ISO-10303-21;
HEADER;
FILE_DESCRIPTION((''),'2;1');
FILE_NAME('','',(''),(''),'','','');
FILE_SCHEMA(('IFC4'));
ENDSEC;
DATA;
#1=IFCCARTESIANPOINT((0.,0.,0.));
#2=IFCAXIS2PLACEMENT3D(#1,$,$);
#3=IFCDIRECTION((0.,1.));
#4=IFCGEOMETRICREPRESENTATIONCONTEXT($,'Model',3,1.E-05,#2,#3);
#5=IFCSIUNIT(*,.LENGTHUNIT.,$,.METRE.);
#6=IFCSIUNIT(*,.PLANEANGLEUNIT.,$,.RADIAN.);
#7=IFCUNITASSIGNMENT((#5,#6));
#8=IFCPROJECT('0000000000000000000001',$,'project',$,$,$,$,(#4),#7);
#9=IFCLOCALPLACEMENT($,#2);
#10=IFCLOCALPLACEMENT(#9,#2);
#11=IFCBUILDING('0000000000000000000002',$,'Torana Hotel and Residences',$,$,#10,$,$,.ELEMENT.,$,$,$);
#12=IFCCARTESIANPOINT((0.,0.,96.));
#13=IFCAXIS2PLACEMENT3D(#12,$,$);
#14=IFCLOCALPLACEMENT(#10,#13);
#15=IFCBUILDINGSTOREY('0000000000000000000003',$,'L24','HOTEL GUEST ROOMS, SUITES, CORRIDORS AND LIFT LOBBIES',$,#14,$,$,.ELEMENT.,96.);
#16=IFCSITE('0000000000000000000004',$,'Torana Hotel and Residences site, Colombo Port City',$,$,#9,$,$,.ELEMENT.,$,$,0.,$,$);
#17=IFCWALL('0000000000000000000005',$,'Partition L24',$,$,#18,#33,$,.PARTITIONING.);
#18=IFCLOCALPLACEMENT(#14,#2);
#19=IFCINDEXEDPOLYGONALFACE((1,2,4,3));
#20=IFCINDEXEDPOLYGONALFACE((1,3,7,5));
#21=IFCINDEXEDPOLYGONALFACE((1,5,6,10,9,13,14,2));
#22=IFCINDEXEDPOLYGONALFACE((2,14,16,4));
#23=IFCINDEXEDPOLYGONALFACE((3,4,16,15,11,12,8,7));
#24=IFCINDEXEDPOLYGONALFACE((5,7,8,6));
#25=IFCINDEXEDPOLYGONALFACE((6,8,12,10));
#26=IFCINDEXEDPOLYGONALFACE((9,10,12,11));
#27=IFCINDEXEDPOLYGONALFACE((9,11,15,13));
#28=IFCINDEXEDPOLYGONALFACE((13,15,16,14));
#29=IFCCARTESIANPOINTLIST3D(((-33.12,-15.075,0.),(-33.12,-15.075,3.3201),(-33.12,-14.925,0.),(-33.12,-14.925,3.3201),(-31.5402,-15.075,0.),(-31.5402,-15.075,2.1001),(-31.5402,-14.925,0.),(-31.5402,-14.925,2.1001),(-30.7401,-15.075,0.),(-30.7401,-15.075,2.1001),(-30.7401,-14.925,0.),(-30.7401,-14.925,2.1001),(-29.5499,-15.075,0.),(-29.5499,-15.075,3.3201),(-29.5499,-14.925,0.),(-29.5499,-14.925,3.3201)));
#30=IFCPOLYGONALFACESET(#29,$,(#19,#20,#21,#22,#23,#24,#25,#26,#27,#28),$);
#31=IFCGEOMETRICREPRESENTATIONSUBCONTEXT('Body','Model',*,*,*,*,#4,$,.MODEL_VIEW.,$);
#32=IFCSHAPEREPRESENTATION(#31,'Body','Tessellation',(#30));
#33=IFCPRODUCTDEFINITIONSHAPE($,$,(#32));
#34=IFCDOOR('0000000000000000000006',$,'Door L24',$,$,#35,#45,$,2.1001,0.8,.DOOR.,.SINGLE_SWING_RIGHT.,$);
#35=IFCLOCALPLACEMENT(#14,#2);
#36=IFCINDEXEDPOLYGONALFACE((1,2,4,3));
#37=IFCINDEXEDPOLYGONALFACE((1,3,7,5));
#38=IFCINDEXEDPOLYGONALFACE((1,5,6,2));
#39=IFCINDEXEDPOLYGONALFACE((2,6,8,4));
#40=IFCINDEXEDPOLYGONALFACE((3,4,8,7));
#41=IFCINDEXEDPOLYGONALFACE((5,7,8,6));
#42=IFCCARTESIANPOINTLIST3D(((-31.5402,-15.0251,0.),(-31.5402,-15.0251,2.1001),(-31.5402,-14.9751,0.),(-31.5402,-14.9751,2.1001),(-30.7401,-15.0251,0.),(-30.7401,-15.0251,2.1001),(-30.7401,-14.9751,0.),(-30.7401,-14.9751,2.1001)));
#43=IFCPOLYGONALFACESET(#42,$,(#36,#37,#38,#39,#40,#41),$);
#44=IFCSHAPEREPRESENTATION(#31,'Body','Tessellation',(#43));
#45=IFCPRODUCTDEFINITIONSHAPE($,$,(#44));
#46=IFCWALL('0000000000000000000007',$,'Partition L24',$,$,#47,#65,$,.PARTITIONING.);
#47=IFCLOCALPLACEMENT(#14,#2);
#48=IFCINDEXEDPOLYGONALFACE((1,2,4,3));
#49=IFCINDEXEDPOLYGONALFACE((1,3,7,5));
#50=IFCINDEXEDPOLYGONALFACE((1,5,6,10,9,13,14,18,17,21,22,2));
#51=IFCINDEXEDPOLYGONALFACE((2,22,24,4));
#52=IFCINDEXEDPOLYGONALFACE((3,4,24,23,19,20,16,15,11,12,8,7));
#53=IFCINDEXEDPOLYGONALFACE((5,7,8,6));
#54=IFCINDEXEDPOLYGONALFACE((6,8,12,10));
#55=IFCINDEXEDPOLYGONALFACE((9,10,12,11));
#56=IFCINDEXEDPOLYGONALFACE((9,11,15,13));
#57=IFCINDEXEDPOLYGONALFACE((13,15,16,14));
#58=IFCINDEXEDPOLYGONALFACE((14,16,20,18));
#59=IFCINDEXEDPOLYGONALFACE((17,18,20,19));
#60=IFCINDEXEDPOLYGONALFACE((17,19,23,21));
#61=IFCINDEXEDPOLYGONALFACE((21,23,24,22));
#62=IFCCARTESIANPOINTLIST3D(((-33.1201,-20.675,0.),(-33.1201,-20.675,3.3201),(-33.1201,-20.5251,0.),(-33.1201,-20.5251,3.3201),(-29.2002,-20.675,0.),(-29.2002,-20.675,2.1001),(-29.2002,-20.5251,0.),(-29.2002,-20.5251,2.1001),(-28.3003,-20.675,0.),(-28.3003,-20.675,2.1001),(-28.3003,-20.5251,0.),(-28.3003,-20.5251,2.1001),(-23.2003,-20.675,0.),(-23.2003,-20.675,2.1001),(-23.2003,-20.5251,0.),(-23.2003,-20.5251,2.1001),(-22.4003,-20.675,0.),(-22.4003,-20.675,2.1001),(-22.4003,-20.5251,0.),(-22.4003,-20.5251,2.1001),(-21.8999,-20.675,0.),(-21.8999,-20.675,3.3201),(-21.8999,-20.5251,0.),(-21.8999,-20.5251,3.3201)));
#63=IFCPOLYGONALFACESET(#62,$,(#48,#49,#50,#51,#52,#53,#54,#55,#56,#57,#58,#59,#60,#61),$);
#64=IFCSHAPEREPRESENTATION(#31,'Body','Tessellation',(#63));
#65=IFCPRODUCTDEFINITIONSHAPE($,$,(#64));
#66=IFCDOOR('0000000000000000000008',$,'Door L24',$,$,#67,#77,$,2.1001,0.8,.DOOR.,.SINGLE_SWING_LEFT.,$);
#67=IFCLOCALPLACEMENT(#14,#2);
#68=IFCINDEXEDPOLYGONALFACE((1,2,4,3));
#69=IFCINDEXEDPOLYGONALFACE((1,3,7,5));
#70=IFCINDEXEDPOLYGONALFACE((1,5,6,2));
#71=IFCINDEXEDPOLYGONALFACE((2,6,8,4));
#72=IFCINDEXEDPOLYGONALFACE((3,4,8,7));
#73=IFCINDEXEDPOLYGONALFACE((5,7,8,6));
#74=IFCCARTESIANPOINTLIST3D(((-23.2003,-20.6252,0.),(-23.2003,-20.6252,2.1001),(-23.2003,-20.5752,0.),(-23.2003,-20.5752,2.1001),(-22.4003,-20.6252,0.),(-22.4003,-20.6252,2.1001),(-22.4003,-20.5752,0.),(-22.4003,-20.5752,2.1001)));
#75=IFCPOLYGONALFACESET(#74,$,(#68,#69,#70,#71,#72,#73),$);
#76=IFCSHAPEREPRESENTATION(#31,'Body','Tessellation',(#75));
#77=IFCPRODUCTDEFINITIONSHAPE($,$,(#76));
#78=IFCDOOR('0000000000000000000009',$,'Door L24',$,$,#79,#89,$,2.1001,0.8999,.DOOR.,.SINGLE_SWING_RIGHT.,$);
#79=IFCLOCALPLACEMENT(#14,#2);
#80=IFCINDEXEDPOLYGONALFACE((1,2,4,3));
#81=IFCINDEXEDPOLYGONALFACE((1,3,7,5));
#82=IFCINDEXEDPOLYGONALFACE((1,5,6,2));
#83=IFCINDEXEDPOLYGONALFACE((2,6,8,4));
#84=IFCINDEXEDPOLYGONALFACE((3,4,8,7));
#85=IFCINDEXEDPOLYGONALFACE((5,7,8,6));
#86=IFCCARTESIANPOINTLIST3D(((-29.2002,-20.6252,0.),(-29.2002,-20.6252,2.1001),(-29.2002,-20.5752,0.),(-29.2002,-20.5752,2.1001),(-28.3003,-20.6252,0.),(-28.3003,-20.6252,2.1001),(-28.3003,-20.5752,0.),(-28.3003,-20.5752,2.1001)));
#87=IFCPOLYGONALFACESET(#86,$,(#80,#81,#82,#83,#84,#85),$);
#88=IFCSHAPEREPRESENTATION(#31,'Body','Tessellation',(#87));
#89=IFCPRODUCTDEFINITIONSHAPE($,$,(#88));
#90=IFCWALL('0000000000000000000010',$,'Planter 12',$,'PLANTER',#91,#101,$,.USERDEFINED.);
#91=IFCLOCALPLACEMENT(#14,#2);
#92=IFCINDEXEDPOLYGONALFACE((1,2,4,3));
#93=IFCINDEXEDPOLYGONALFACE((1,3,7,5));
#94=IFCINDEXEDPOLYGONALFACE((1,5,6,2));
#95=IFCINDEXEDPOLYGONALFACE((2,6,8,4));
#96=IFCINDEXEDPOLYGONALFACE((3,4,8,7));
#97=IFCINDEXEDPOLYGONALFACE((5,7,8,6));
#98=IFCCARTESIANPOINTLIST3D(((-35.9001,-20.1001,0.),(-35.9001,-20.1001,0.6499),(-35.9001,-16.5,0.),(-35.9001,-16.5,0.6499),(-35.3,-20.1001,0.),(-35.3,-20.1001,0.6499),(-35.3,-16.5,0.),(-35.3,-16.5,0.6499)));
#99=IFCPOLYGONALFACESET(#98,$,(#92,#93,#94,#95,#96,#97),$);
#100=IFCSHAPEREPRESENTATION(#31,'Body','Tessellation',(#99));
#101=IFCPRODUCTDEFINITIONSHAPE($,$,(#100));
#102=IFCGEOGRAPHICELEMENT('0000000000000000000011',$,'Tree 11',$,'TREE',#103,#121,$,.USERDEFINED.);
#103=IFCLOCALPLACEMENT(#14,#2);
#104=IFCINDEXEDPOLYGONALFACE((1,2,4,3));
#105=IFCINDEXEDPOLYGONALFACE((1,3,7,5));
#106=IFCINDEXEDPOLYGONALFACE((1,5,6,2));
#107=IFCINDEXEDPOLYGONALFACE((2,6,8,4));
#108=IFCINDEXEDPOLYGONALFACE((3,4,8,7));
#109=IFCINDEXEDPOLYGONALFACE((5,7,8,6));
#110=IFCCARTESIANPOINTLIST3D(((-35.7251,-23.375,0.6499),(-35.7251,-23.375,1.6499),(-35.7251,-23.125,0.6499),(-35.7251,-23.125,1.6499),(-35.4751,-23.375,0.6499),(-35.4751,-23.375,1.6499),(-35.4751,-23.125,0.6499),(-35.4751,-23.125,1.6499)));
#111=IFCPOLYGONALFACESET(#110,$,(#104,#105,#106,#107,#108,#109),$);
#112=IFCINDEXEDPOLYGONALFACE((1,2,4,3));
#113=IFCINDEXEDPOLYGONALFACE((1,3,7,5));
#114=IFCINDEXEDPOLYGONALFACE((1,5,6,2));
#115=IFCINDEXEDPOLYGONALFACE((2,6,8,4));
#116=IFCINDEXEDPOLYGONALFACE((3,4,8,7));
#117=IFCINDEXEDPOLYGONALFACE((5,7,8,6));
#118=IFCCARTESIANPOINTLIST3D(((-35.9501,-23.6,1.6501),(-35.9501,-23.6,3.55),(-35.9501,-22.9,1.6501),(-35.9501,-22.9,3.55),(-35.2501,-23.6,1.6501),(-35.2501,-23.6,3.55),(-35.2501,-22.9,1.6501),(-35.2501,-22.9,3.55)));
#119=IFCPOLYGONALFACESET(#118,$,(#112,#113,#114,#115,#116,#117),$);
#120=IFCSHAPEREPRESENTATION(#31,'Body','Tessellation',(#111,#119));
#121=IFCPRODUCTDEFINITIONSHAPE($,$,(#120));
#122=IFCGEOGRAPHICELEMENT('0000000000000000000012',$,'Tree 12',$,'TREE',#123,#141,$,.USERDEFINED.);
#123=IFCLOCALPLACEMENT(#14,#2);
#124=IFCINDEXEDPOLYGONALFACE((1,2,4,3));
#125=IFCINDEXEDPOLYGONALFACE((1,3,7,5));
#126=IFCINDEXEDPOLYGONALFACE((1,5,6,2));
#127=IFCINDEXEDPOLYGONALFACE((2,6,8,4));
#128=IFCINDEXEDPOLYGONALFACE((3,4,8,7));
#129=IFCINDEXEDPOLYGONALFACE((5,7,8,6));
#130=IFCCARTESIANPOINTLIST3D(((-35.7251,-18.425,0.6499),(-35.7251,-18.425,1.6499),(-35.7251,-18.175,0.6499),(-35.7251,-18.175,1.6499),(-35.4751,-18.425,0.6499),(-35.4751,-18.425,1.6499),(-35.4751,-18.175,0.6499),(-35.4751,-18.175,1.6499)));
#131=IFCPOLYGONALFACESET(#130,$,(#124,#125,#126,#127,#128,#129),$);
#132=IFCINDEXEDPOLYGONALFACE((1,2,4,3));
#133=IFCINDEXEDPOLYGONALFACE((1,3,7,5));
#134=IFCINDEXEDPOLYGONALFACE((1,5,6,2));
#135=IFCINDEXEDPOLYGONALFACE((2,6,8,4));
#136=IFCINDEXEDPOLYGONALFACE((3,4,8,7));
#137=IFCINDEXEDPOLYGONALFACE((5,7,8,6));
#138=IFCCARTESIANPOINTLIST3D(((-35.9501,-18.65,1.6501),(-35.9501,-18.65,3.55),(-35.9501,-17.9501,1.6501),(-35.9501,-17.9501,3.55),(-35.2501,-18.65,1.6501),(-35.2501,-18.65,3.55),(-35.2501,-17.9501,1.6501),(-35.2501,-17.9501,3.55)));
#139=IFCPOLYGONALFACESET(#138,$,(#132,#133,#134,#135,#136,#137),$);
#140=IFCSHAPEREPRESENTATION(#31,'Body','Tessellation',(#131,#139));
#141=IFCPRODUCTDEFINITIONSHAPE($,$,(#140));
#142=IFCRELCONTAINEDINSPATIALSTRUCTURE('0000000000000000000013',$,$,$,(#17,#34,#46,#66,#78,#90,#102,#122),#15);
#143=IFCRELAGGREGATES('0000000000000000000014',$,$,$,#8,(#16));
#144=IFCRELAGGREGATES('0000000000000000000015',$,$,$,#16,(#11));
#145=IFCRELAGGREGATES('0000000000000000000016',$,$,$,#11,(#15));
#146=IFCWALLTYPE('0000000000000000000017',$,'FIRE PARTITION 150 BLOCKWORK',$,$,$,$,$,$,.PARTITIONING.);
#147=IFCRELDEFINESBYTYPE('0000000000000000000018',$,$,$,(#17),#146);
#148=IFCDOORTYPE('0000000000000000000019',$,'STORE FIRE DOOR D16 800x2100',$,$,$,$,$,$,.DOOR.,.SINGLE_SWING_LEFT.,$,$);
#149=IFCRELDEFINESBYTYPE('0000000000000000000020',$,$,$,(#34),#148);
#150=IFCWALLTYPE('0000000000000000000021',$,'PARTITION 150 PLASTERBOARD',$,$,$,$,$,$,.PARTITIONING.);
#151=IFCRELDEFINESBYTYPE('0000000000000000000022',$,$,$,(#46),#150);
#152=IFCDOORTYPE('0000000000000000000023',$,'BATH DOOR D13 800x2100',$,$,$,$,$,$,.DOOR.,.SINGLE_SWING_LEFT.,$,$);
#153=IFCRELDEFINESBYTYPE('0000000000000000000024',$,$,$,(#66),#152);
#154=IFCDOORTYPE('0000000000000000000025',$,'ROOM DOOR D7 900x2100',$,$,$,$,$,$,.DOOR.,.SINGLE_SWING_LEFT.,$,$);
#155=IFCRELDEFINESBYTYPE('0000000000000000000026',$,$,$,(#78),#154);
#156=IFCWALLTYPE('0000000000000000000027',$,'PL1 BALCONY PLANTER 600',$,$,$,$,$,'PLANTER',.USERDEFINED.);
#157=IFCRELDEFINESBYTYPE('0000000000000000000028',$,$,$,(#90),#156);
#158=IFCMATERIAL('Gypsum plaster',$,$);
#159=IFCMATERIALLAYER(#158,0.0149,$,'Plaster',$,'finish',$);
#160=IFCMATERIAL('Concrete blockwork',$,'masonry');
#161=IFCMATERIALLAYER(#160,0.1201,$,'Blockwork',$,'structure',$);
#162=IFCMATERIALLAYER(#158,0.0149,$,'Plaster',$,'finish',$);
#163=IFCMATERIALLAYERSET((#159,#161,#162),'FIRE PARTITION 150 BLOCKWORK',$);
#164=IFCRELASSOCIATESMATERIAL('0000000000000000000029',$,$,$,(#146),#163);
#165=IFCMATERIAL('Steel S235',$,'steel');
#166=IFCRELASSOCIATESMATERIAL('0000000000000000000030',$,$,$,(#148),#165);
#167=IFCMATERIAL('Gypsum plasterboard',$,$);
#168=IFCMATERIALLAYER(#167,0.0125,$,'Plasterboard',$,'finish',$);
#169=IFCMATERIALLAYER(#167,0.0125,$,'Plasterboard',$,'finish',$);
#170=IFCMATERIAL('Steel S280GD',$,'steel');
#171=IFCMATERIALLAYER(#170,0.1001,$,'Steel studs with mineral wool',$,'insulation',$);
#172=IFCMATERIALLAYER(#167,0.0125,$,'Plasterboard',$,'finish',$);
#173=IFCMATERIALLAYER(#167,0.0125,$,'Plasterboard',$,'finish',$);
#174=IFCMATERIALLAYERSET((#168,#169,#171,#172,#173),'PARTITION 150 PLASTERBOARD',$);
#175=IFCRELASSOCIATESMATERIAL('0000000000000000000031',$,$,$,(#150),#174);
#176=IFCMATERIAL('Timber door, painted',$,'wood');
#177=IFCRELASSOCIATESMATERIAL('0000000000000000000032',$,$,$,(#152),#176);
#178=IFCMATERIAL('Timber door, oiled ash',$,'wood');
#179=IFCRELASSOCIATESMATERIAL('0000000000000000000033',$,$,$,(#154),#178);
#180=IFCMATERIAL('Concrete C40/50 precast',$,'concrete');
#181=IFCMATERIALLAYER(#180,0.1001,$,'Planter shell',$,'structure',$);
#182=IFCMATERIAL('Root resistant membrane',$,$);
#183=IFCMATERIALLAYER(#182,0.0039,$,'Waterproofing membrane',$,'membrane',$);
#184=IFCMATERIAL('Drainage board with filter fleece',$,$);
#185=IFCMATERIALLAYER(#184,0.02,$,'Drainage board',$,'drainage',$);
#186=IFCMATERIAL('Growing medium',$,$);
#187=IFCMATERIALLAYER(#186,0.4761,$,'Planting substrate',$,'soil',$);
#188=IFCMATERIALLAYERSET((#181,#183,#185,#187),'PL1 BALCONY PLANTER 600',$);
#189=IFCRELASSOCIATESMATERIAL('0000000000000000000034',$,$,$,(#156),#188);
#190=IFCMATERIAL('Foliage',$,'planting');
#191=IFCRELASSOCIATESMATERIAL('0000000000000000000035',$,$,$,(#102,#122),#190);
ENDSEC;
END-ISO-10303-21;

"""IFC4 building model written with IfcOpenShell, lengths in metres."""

from ifc_helpers import new_model, si_unit, direction, frame, frame_2d, origin, origin_2d, place, context, subcontext, project, spatial, rectangle, extrude, material, layer, layer_set, type_object, element, fill, save


model = new_model("IFC4")

# Units and contexts
model_context = context("Model", 3, precision=1e-05, world=origin(), true_north=direction((0.0, 1.0)))
body_context = subcontext(model_context, "Body", "Model", "MODEL_VIEW")
ifc_project = project(units=[si_unit("LENGTHUNIT", "METRE"), si_unit("PLANEANGLEUNIT", "RADIAN")], contexts=[model_context])

# Site, building, storey
site_placement = place(None, origin())
site = spatial("IfcSite", under=ifc_project, at=site_placement, Name="Torana Hotel and Residences site, Colombo Port City", CompositionType="ELEMENT", RefElevation=0.0)
building_placement = place(site_placement, origin())
building = spatial("IfcBuilding", under=site, at=building_placement, Name="Torana Hotel and Residences", CompositionType="ELEMENT")
storey_placement = place(building_placement, frame((0.0, 0.0, 96.0)))
storey = spatial("IfcBuildingStorey", under=building, at=storey_placement, Name="L24", Description="HOTEL GUEST ROOMS, SUITES, CORRIDORS AND LIFT LOBBIES", CompositionType="ELEMENT", Elevation=96.0)

# Shared definitions
ifc_material_1 = material(Name="Gypsum plaster")
ifc_layer_1 = layer(ifc_material_1, 0.0149, Name="Plaster", Category="finish")
ifc_material_2 = material(Name="Concrete blockwork", Category="masonry")
ifc_layer_2 = layer(ifc_material_2, 0.1201, Name="Blockwork", Category="structure")
ifc_layer_3 = layer(ifc_material_1, 0.0149, Name="Plaster", Category="finish")
ifc_layer_set_1 = layer_set([ifc_layer_1, ifc_layer_2, ifc_layer_3], Name="FIRE PARTITION 150 BLOCKWORK")
wall_type_1 = type_object("IfcWallType", Name="FIRE PARTITION 150 BLOCKWORK", PredefinedType="PARTITIONING", material=ifc_layer_set_1)

# Wall, opening, door
wall_1_placement = place(storey_placement, frame((-33.1201, -15.0, 0.0), z_axis=(0.0, 0.0, 1.0), x_axis=(1.0, 0.0, 0.0)))
wall_1 = element("IfcWall", 1, at=wall_1_placement, inside=storey, type_object=wall_type_1, Name="Partition L24", PredefinedType="PARTITIONING", context=body_context, shape_type="SweptSolid", body=[
    extrude(rectangle(XDim=3.5701, YDim=0.1499, at=frame_2d((1.7852, 0.0))), origin(), (0.0, 0.0, 1.0), 3.3201),
])
opening_1_placement = place(wall_1_placement, frame((1.5801, 0.0, 0.0)))
opening_1 = element("IfcOpeningElement", 2, at=opening_1_placement, cuts=wall_1, PredefinedType="OPENING", context=body_context, shape_type="SweptSolid", body=[
    extrude(rectangle(XDim=0.8, YDim=2.1001, at=frame_2d((0.3999, 1.05))), frame((0.0, 0.085, 0.0), z_axis=(0.0, -1.0, 0.0), x_axis=(1.0, 0.0, 0.0)), (0.0, 0.0, 1.0), 0.1699),
])
ifc_material_3 = material(Name="Steel S235", Category="steel")
door_type_1 = type_object("IfcDoorType", Name="STORE FIRE DOOR D16 800x2100", OperationType="SINGLE_SWING_LEFT", PredefinedType="DOOR", material=ifc_material_3)
door_1_placement = place(opening_1_placement, origin())
door_1 = element("IfcDoor", 3, at=door_1_placement, inside=storey, type_object=door_type_1, Name="Door L24", OperationType="SINGLE_SWING_RIGHT", OverallHeight=2.1001, OverallWidth=0.8, PredefinedType="DOOR", context=body_context, shape_type="SweptSolid", body=[
    extrude(rectangle(XDim=0.8, YDim=2.1001, at=frame_2d((0.3999, 1.05))), frame((0.0, 0.0249, 0.0), z_axis=(0.0, -1.0, 0.0), x_axis=(1.0, 0.0, 0.0)), (0.0, 0.0, 1.0), 0.05),
])
fill(opening_1, door_1)

# Wall, openings, doors
ifc_material_4 = material(Name="Gypsum plasterboard")
ifc_layer_4 = layer(ifc_material_4, 0.0125, Name="Plasterboard", Category="finish")
ifc_layer_5 = layer(ifc_material_4, 0.0125, Name="Plasterboard", Category="finish")
ifc_material_5 = material(Name="Steel S280GD", Category="steel")
ifc_layer_6 = layer(ifc_material_5, 0.1001, Name="Steel studs with mineral wool", Category="insulation")
ifc_layer_7 = layer(ifc_material_4, 0.0125, Name="Plasterboard", Category="finish")
ifc_layer_8 = layer(ifc_material_4, 0.0125, Name="Plasterboard", Category="finish")
ifc_layer_set_2 = layer_set([ifc_layer_4, ifc_layer_5, ifc_layer_6, ifc_layer_7, ifc_layer_8], Name="PARTITION 150 PLASTERBOARD")
wall_type_2 = type_object("IfcWallType", Name="PARTITION 150 PLASTERBOARD", PredefinedType="PARTITIONING", material=ifc_layer_set_2)
wall_2_placement = place(storey_placement, frame((-33.1201, -20.6001, 0.0), z_axis=(0.0, 0.0, 1.0), x_axis=(1.0, 0.0, 0.0)))
wall_2 = element("IfcWall", 4, at=wall_2_placement, inside=storey, type_object=wall_type_2, Name="Partition L24", PredefinedType="PARTITIONING", context=body_context, shape_type="SweptSolid", body=[
    extrude(rectangle(XDim=11.2202, YDim=0.1499, at=frame_2d((5.6101, 0.0))), origin(), (0.0, 0.0, 1.0), 3.3201),
])
opening_2_placement = place(wall_2_placement, frame((9.9199, 0.0, 0.0)))
opening_2 = element("IfcOpeningElement", 5, at=opening_2_placement, cuts=wall_2, PredefinedType="OPENING", context=body_context, shape_type="SweptSolid", body=[
    extrude(rectangle(XDim=0.8, YDim=2.1001, at=frame_2d((0.3999, 1.05))), frame((0.0, 0.085, 0.0), z_axis=(0.0, -1.0, 0.0), x_axis=(1.0, 0.0, 0.0)), (0.0, 0.0, 1.0), 0.1699),
])
opening_3_placement = place(wall_2_placement, frame((3.9199, 0.0, 0.0)))
opening_3 = element("IfcOpeningElement", 6, at=opening_3_placement, cuts=wall_2, PredefinedType="OPENING", context=body_context, shape_type="SweptSolid", body=[
    extrude(rectangle(XDim=0.8999, YDim=2.1001, at=frame_2d((0.45, 1.05))), frame((0.0, 0.085, 0.0), z_axis=(0.0, -1.0, 0.0), x_axis=(1.0, 0.0, 0.0)), (0.0, 0.0, 1.0), 0.1699),
])
ifc_material_6 = material(Name="Timber door, painted", Category="wood")
door_type_2 = type_object("IfcDoorType", Name="BATH DOOR D13 800x2100", OperationType="SINGLE_SWING_LEFT", PredefinedType="DOOR", material=ifc_material_6)
door_2_placement = place(opening_2_placement, origin())
door_2 = element("IfcDoor", 7, at=door_2_placement, inside=storey, type_object=door_type_2, Name="Door L24", OperationType="SINGLE_SWING_LEFT", OverallHeight=2.1001, OverallWidth=0.8, PredefinedType="DOOR", context=body_context, shape_type="SweptSolid", body=[
    extrude(rectangle(XDim=0.8, YDim=2.1001, at=frame_2d((0.3999, 1.05))), frame((0.0, 0.0249, 0.0), z_axis=(0.0, -1.0, 0.0), x_axis=(1.0, 0.0, 0.0)), (0.0, 0.0, 1.0), 0.05),
])
fill(opening_2, door_2)
ifc_material_7 = material(Name="Timber door, oiled ash", Category="wood")
door_type_3 = type_object("IfcDoorType", Name="ROOM DOOR D7 900x2100", OperationType="SINGLE_SWING_LEFT", PredefinedType="DOOR", material=ifc_material_7)
door_3_placement = place(opening_3_placement, origin())
door_3 = element("IfcDoor", 8, at=door_3_placement, inside=storey, type_object=door_type_3, Name="Door L24", OperationType="SINGLE_SWING_RIGHT", OverallHeight=2.1001, OverallWidth=0.8999, PredefinedType="DOOR", context=body_context, shape_type="SweptSolid", body=[
    extrude(rectangle(XDim=0.8999, YDim=2.1001, at=frame_2d((0.45, 1.05))), frame((0.0, 0.0249, 0.0), z_axis=(0.0, -1.0, 0.0), x_axis=(1.0, 0.0, 0.0)), (0.0, 0.0, 1.0), 0.05),
])
fill(opening_3, door_3)

# Wall
ifc_material_8 = material(Name="Concrete C40/50 precast", Category="concrete")
ifc_layer_9 = layer(ifc_material_8, 0.1001, Name="Planter shell", Category="structure")
ifc_material_9 = material(Name="Root resistant membrane")
ifc_layer_10 = layer(ifc_material_9, 0.0039, Name="Waterproofing membrane", Category="membrane")
ifc_material_10 = material(Name="Drainage board with filter fleece")
ifc_layer_11 = layer(ifc_material_10, 0.02, Name="Drainage board", Category="drainage")
ifc_material_11 = material(Name="Growing medium")
ifc_layer_12 = layer(ifc_material_11, 0.4761, Name="Planting substrate", Category="soil")
ifc_layer_set_3 = layer_set([ifc_layer_9, ifc_layer_10, ifc_layer_11, ifc_layer_12], Name="PL1 BALCONY PLANTER 600")
wall_type_3 = type_object("IfcWallType", Name="PL1 BALCONY PLANTER 600", ElementType="PLANTER", PredefinedType="USERDEFINED", material=ifc_layer_set_3)
wall_3_placement = place(storey_placement, frame((-35.6001, -20.1001, 0.0), z_axis=(0.0, 0.0, 1.0), x_axis=(0.0, 1.0, 0.0)))
element("IfcWall", 9, at=wall_3_placement, inside=storey, type_object=wall_type_3, Name="Planter 12", ObjectType="PLANTER", PredefinedType="USERDEFINED", context=body_context, shape_type="SweptSolid", body=[
    extrude(rectangle(XDim=3.6001, YDim=0.6001, at=frame_2d((1.8, 0.0))), origin(), (0.0, 0.0, 1.0), 0.6499),
])

# Geographic elements
ifc_material_12 = material(Name="Foliage", Category="planting")
for number, where, z_axis, x_axis, name in (
    (10, (-35.6001, -23.25, 0.6499), (0.0, 0.0, 1.0), (1.0, 0.0, 0.0), "Tree 11"),
    (11, (-35.6001, -18.3, 0.6499), (0.0, 0.0, 1.0), (1.0, 0.0, 0.0), "Tree 12"),
):
    element("IfcGeographicElement", number, at=place(storey_placement, frame(where, z_axis=z_axis, x_axis=x_axis)), inside=storey, material=ifc_material_12, Name=name, ObjectType="TREE", PredefinedType="USERDEFINED", context=body_context, shape_type="SweptSolid", body=[
        extrude(rectangle(XDim=0.25, YDim=0.25, at=origin_2d()), origin(), (0.0, 0.0, 1.0), 1.0),
        extrude(rectangle(XDim=0.7, YDim=0.7, at=origin_2d()), frame((0.0, 0.0, 1.0002)), (0.0, 0.0, 1.0), 1.8999),
    ])

save(model, "model.ifc")
